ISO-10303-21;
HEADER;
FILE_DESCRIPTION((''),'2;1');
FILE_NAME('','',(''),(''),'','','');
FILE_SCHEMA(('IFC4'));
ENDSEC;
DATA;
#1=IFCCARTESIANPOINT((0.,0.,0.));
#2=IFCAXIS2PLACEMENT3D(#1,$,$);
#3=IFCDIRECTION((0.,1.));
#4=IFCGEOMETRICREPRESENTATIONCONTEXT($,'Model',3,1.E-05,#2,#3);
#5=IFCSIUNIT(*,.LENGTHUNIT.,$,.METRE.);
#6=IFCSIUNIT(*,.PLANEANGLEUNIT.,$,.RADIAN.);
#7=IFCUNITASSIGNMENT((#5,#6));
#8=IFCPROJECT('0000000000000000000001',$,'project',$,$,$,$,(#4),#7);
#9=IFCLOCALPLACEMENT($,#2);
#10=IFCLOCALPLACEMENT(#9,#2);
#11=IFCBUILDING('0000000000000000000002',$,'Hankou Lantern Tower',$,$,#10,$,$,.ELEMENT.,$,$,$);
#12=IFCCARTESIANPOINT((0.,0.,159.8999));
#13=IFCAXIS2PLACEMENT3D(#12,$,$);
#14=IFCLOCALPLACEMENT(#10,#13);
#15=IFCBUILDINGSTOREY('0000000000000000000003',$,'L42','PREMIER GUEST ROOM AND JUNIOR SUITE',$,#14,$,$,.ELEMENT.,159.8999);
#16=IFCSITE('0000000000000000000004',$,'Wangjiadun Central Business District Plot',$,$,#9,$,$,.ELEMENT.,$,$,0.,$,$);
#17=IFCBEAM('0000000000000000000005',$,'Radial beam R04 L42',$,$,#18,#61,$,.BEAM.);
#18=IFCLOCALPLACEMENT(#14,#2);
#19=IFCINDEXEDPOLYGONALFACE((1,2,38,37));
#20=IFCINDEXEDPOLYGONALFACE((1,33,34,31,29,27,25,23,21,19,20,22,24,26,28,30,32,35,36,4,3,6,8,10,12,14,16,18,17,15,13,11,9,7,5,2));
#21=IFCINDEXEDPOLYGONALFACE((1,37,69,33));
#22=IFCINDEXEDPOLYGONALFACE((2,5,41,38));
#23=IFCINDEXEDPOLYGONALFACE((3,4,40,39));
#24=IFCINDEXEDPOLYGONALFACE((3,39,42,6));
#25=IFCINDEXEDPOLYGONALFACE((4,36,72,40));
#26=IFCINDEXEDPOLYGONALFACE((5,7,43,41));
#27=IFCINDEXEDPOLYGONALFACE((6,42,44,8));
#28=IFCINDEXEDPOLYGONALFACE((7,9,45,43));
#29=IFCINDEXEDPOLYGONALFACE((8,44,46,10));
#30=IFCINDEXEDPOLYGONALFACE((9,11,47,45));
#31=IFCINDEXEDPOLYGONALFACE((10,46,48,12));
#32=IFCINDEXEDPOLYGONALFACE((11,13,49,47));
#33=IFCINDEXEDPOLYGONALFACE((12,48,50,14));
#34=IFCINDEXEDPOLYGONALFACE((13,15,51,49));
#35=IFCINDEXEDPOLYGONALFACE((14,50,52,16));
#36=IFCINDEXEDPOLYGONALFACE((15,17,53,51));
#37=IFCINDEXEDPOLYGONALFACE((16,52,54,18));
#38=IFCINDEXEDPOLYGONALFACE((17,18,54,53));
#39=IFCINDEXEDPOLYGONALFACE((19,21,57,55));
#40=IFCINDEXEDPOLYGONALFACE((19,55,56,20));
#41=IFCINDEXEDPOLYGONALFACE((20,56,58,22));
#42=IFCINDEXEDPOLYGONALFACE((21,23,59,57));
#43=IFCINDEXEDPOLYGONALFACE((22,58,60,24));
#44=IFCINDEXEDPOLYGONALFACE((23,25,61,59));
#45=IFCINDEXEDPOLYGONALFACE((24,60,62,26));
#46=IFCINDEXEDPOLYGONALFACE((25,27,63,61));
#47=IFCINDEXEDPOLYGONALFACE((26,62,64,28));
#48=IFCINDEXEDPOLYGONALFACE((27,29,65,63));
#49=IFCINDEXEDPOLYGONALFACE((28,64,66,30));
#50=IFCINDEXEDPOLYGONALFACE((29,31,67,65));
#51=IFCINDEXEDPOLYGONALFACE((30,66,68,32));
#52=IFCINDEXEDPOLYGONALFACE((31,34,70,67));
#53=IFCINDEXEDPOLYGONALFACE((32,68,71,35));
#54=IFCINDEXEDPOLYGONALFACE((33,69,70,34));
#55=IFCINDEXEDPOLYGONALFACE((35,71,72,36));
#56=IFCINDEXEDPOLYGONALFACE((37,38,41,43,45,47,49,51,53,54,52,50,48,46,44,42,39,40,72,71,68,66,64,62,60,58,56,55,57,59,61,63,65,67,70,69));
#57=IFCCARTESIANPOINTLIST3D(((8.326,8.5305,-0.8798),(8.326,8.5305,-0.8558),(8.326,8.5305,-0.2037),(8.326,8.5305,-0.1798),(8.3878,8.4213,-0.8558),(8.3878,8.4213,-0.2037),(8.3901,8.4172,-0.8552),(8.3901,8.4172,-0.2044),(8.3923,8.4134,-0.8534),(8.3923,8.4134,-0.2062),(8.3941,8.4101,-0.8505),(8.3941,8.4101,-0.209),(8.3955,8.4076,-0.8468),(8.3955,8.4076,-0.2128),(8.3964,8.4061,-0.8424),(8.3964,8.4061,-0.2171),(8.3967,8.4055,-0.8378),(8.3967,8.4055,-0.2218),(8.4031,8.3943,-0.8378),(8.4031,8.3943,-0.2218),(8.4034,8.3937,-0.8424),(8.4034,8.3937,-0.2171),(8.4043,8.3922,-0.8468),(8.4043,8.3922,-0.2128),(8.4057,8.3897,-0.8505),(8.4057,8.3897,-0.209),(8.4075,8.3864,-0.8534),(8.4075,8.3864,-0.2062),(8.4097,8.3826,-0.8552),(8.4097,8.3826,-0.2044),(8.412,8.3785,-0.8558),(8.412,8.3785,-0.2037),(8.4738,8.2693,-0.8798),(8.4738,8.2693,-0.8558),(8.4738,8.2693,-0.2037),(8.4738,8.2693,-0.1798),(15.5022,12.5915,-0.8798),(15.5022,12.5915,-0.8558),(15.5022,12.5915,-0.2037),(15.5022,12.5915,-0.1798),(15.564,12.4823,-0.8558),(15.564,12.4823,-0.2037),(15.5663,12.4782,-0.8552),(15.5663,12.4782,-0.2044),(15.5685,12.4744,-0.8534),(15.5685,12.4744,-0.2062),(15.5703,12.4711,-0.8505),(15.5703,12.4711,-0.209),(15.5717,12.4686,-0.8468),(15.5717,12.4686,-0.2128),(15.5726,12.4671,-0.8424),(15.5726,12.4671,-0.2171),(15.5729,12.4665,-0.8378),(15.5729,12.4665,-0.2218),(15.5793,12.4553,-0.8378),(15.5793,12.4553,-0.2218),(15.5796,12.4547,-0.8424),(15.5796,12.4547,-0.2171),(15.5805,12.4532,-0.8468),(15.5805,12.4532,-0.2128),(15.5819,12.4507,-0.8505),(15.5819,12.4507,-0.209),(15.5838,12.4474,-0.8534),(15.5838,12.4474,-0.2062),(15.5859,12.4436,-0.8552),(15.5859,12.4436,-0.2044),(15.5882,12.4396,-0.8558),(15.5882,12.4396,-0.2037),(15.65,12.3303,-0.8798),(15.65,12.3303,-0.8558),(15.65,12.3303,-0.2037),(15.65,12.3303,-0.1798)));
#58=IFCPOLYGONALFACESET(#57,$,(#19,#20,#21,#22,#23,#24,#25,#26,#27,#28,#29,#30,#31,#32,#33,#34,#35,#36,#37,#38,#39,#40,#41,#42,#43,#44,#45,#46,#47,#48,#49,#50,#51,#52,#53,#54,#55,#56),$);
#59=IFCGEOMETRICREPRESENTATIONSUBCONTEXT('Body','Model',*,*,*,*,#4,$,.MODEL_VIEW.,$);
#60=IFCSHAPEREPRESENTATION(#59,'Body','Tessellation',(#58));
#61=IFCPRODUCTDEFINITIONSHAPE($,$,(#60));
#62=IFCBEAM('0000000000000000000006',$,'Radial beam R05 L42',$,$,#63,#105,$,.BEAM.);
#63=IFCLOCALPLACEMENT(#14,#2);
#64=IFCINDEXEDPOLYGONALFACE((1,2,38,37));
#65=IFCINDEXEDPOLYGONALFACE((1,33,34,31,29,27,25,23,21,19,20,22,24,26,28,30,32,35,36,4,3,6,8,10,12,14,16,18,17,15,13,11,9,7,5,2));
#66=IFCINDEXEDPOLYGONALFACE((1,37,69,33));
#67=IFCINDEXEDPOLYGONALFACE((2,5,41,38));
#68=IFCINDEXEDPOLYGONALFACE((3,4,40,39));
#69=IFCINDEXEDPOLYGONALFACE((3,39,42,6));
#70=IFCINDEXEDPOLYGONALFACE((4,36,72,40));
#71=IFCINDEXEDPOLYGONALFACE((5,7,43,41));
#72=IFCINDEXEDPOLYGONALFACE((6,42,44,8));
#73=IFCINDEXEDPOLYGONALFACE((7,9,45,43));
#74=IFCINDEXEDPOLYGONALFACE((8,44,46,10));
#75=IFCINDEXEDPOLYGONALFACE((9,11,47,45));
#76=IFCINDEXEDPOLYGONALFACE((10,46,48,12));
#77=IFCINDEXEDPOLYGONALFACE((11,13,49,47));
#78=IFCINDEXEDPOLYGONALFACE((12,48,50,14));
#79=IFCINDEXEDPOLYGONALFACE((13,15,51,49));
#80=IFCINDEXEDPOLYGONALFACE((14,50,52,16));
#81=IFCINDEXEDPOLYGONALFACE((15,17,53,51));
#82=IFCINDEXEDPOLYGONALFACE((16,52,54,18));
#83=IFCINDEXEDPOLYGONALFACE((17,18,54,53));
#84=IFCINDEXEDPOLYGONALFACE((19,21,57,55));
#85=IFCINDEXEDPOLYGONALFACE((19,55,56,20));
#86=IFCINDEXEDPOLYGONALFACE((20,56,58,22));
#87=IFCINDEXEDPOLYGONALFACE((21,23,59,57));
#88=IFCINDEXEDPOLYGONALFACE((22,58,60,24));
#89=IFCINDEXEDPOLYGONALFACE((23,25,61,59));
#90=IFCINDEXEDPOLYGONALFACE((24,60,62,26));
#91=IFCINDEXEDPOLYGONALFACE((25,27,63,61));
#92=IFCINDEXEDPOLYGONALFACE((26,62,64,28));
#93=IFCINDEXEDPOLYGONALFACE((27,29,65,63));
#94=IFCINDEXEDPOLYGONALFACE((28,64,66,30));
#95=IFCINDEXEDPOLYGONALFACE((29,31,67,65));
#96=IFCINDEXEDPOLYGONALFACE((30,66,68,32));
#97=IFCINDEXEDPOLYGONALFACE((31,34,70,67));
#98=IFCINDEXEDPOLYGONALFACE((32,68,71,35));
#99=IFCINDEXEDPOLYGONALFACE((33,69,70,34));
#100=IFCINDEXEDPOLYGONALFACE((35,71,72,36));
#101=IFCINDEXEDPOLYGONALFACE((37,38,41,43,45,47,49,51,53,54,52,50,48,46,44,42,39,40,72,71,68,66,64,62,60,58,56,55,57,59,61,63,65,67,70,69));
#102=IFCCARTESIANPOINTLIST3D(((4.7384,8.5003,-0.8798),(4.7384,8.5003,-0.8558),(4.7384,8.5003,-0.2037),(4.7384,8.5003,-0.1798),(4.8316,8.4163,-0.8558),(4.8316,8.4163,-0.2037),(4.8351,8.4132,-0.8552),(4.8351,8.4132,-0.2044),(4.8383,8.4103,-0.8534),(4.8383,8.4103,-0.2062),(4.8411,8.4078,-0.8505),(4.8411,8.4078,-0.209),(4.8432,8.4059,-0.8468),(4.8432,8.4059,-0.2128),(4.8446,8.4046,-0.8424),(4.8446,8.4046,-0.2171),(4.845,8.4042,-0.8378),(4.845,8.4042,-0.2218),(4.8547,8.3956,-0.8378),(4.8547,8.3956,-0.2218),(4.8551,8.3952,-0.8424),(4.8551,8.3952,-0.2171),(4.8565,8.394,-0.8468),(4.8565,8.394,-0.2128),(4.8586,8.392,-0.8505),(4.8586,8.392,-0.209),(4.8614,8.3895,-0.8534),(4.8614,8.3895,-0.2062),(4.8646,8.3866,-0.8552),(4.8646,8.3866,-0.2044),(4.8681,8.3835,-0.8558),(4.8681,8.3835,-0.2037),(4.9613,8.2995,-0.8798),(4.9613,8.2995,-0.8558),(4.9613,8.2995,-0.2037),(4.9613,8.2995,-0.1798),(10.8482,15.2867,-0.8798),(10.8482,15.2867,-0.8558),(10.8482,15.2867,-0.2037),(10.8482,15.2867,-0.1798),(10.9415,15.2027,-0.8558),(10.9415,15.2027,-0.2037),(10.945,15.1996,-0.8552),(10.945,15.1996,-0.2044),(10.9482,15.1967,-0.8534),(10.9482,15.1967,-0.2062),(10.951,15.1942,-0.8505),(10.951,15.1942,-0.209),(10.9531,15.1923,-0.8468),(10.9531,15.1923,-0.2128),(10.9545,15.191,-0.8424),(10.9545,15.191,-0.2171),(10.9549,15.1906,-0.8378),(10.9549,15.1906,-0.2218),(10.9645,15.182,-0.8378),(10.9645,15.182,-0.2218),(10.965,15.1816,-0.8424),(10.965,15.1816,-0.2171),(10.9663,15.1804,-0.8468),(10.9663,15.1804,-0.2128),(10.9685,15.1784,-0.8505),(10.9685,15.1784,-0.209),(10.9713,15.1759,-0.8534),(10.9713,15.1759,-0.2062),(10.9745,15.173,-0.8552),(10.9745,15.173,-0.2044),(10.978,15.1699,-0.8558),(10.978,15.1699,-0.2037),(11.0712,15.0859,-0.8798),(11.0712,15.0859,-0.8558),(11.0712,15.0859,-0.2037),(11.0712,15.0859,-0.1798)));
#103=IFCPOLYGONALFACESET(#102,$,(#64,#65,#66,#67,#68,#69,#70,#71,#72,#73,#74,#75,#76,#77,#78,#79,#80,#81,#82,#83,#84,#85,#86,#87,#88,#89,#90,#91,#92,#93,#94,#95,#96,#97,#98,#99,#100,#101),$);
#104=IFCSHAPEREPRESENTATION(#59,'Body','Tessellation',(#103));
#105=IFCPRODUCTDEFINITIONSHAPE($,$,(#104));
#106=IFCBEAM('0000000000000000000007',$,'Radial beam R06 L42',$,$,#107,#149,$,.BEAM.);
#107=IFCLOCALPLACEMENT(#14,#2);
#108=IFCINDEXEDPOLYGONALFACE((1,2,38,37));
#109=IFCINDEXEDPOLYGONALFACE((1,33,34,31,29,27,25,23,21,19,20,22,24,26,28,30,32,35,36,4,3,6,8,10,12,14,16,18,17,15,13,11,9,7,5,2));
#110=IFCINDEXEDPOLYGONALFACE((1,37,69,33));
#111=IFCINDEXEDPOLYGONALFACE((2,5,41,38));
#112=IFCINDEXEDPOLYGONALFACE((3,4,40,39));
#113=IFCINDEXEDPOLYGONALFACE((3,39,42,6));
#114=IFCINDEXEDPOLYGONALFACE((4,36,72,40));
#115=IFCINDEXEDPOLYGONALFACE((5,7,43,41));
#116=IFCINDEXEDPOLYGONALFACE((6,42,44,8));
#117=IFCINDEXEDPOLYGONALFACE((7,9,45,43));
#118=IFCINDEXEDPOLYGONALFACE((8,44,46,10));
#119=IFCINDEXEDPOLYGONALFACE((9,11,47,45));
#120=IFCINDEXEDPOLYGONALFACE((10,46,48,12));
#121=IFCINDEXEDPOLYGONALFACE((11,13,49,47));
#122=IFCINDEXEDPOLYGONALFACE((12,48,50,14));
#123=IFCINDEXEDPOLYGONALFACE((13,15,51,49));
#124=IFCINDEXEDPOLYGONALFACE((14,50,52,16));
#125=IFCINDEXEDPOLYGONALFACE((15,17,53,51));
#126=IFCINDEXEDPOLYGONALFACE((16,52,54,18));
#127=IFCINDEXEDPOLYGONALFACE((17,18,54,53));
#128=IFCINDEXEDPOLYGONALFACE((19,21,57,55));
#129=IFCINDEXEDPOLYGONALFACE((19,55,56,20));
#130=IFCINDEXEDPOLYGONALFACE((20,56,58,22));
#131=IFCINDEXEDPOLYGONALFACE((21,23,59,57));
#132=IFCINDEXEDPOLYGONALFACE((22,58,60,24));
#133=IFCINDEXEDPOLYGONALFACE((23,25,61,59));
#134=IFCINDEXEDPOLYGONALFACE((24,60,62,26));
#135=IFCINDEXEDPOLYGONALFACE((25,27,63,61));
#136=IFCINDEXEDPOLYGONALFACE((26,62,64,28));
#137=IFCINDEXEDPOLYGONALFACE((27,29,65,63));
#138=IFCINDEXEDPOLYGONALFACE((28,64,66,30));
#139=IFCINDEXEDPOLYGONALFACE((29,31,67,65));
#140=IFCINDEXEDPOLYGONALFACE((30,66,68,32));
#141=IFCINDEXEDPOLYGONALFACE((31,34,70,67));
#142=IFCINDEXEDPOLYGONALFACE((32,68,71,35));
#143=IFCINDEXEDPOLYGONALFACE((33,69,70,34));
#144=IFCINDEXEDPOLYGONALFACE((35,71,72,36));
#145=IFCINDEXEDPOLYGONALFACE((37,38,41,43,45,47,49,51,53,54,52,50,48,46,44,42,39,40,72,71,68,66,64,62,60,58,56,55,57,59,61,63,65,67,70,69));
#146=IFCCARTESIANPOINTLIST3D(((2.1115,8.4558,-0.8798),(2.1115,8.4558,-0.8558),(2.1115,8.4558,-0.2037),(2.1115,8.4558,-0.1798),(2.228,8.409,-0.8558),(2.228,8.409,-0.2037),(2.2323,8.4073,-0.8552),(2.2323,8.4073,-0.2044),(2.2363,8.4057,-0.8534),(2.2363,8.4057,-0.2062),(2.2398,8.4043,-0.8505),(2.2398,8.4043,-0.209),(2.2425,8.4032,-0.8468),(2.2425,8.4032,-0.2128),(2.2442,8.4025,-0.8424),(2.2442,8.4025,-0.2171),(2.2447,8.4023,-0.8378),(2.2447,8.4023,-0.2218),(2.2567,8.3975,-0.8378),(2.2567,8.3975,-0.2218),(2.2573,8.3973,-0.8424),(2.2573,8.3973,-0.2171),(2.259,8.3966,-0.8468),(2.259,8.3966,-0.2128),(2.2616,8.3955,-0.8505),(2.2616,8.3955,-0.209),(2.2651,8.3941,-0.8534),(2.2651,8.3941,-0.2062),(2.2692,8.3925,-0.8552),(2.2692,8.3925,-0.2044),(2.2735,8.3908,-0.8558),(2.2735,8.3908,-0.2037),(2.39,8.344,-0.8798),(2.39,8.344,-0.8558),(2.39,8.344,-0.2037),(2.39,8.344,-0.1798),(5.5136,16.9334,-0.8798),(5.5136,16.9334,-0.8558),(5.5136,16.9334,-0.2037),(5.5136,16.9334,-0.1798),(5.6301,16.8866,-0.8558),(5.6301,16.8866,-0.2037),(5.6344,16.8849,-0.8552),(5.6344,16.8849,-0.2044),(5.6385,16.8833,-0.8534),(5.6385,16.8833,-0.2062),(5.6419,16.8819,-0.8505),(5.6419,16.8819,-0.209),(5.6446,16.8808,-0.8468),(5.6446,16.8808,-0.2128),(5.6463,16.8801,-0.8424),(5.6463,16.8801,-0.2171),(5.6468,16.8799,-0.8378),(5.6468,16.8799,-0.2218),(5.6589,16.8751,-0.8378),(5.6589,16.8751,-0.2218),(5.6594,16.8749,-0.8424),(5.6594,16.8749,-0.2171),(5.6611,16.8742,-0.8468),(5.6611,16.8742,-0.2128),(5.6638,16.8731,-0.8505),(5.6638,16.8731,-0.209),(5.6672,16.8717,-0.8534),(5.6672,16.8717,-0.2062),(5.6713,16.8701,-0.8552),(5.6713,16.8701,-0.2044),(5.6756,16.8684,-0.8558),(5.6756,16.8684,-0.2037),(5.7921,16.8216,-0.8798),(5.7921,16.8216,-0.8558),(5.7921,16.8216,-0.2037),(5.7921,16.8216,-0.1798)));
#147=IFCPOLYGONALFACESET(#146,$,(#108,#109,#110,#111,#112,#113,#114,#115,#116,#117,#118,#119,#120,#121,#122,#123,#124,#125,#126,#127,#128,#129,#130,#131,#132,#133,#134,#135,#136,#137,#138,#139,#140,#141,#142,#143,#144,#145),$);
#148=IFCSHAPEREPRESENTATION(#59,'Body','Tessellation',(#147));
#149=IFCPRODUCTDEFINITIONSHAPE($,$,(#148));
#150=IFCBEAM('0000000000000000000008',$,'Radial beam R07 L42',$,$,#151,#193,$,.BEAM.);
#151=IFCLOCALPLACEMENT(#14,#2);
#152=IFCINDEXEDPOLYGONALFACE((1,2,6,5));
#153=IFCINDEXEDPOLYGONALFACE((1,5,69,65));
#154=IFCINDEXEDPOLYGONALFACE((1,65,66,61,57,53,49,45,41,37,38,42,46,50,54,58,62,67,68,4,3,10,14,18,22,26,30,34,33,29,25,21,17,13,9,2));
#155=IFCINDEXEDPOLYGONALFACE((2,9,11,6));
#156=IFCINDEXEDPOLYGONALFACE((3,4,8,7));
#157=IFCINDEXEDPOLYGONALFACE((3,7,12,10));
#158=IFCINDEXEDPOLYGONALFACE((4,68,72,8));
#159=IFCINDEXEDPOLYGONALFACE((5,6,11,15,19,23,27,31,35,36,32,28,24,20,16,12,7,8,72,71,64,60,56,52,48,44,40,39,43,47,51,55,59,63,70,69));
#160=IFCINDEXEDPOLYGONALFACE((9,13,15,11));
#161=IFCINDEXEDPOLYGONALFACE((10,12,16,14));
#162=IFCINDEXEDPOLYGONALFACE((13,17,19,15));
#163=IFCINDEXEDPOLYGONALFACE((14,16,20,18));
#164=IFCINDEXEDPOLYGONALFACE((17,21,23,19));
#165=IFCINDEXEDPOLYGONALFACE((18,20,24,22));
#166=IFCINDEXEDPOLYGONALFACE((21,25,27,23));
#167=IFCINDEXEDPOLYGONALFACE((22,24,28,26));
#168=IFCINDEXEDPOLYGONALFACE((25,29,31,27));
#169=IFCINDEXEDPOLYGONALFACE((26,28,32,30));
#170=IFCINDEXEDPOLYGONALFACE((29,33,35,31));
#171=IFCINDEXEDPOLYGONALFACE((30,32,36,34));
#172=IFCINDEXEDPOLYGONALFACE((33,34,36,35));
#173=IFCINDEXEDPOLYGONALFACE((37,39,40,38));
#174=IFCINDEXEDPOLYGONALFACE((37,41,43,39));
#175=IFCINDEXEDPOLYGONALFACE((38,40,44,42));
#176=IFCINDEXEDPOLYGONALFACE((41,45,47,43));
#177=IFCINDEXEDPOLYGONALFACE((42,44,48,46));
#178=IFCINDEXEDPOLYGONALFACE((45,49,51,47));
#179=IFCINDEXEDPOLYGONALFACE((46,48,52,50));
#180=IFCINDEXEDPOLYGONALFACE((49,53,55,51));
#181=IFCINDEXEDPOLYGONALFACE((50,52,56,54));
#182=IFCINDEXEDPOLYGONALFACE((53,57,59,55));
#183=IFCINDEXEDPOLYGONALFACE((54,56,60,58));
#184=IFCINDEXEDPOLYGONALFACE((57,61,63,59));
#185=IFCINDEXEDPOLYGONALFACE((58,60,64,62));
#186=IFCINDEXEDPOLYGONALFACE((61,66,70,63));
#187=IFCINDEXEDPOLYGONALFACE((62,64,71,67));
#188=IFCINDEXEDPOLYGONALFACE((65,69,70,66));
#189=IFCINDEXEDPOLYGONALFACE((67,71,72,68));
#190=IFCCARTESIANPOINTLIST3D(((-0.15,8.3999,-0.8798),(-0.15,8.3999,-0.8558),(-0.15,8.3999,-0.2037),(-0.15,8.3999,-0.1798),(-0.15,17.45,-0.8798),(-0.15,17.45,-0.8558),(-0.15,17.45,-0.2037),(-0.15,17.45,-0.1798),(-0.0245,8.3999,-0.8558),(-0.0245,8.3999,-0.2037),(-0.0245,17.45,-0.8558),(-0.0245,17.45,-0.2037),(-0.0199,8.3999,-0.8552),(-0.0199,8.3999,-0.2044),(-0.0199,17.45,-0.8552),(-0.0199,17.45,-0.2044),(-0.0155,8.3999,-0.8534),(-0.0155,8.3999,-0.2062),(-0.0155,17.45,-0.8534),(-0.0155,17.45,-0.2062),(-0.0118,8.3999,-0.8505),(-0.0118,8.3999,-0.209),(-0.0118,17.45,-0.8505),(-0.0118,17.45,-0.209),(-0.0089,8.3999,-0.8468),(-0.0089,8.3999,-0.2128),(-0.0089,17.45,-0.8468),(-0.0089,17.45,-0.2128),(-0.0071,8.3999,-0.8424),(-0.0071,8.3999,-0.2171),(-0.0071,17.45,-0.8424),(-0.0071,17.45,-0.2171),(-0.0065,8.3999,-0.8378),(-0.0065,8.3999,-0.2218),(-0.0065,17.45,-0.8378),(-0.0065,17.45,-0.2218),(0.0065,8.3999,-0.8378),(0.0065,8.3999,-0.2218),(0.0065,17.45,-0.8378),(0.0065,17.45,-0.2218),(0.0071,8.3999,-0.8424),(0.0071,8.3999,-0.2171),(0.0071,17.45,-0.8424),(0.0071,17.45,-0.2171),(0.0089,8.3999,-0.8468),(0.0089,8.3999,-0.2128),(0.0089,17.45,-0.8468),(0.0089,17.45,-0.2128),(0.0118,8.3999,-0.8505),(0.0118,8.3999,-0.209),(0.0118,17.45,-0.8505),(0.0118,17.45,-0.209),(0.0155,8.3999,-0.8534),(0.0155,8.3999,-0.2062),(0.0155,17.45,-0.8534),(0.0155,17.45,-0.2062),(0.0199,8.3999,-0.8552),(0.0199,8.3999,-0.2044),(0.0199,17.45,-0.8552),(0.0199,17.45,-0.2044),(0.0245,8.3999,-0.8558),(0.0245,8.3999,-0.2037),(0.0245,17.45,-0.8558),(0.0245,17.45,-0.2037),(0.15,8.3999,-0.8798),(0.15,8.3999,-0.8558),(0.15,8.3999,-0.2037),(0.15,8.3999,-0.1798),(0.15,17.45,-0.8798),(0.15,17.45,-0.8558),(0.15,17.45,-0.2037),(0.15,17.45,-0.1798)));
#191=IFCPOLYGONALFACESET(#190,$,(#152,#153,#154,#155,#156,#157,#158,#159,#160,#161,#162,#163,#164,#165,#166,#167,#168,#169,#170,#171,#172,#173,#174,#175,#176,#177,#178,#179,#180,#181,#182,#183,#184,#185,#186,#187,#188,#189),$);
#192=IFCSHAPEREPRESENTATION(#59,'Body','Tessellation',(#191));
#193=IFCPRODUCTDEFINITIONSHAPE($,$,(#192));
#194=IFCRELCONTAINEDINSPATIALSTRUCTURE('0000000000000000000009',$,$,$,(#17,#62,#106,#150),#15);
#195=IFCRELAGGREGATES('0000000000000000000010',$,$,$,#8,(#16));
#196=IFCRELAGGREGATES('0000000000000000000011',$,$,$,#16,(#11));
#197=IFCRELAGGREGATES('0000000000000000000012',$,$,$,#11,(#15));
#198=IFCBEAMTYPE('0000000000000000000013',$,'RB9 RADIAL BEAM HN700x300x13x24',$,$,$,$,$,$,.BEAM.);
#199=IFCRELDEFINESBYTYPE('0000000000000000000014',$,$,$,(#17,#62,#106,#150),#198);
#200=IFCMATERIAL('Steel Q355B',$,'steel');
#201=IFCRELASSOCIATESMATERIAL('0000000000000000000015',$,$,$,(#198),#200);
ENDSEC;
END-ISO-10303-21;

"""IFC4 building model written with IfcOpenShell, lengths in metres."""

from ifc_helpers import new_model, si_unit, direction, frame, origin, origin_2d, place, context, subcontext, project, spatial, i_section, extrude, material, material_profile, profile_set, type_object, element, save


model = new_model("IFC4")

# Units and contexts
model_context = context("Model", 3, precision=1e-05, world=origin(), true_north=direction((0.0, 1.0)))
body_context = subcontext(model_context, "Body", "Model", "MODEL_VIEW")
ifc_project = project(units=[si_unit("LENGTHUNIT", "METRE"), si_unit("PLANEANGLEUNIT", "RADIAN")], contexts=[model_context])

# Site, building, storey
site_placement = place(None, origin())
site = spatial("IfcSite", under=ifc_project, at=site_placement, Name="Wangjiadun Central Business District Plot", CompositionType="ELEMENT", RefElevation=0.0)
building_placement = place(site_placement, origin())
building = spatial("IfcBuilding", under=site, at=building_placement, Name="Hankou Lantern Tower", CompositionType="ELEMENT")
storey_placement = place(building_placement, frame((0.0, 0.0, 159.8999)))
storey = spatial("IfcBuildingStorey", under=building, at=storey_placement, Name="L42", Description="PREMIER GUEST ROOM AND JUNIOR SUITE", CompositionType="ELEMENT", Elevation=159.8999)

# Beams
ifc_material_1 = material(Name="Steel Q355B", Category="steel")
ifc_material_profile_1 = material_profile(ifc_material_1, i_section(OverallWidth=0.3, OverallDepth=0.7, WebThickness=0.0129, FlangeThickness=0.0239, FilletRadius=0.0181, at=origin_2d()), Name="HN700x300x13x24")
ifc_profile_set_1 = profile_set([ifc_material_profile_1], Name="Steel Q355B")
beam_type_1 = type_object("IfcBeamType", Name="RB9 RADIAL BEAM HN700x300x13x24", PredefinedType="BEAM", material=ifc_profile_set_1)
beam_1_placement = place(storey_placement, frame((8.3999, 8.3999, -0.5298), z_axis=(0.870309, 0.492506, 0.0), x_axis=(-0.492506, 0.870309, 0.0)))
element("IfcBeam", 1, at=beam_1_placement, inside=storey, type_object=beam_type_1, Name="Radial beam R04 L42", PredefinedType="BEAM", context=body_context, shape_type="SweptSolid", body=[
    extrude(i_section(OverallWidth=0.3, OverallDepth=0.7, WebThickness=0.0129, FlangeThickness=0.0239, FilletRadius=0.0181, at=origin_2d()), origin(), (0.0, 0.0, 1.0), 8.2456),
])
beam_2_placement = place(storey_placement, frame((4.8499, 8.3999, -0.5298), z_axis=(0.669093, 0.743178, 0.0), x_axis=(-0.743178, 0.669093, 0.0)))
element("IfcBeam", 2, at=beam_2_placement, inside=storey, type_object=beam_type_1, Name="Radial beam R05 L42", PredefinedType="BEAM", context=body_context, shape_type="SweptSolid", body=[
    extrude(i_section(OverallWidth=0.3, OverallDepth=0.7, WebThickness=0.0129, FlangeThickness=0.0239, FilletRadius=0.0181, at=origin_2d()), origin(), (0.0, 0.0, 1.0), 9.1316),
])
beam_3_placement = place(storey_placement, frame((2.2507, 8.3999, -0.5298), z_axis=(0.372436, 0.928058, 0.0), x_axis=(-0.928058, 0.372436, 0.0)))
element("IfcBeam", 3, at=beam_3_placement, inside=storey, type_object=beam_type_1, Name="Radial beam R06 L42", PredefinedType="BEAM", context=body_context, shape_type="SweptSolid", body=[
    extrude(i_section(OverallWidth=0.3, OverallDepth=0.7, WebThickness=0.0129, FlangeThickness=0.0239, FilletRadius=0.0181, at=origin_2d()), origin(), (0.0, 0.0, 1.0), 9.1348),
])
beam_4_placement = place(storey_placement, frame((0.0, 8.3999, -0.5298), z_axis=(0.0, 1.0, 0.0), x_axis=(-1.0, 0.0, 0.0)))
element("IfcBeam", 4, at=beam_4_placement, inside=storey, type_object=beam_type_1, Name="Radial beam R07 L42", PredefinedType="BEAM", context=body_context, shape_type="SweptSolid", body=[
    extrude(i_section(OverallWidth=0.3, OverallDepth=0.7, WebThickness=0.0129, FlangeThickness=0.0239, FilletRadius=0.0181, at=origin_2d()), origin(), (0.0, 0.0, 1.0), 9.05),
])

save(model, "model.ifc")
